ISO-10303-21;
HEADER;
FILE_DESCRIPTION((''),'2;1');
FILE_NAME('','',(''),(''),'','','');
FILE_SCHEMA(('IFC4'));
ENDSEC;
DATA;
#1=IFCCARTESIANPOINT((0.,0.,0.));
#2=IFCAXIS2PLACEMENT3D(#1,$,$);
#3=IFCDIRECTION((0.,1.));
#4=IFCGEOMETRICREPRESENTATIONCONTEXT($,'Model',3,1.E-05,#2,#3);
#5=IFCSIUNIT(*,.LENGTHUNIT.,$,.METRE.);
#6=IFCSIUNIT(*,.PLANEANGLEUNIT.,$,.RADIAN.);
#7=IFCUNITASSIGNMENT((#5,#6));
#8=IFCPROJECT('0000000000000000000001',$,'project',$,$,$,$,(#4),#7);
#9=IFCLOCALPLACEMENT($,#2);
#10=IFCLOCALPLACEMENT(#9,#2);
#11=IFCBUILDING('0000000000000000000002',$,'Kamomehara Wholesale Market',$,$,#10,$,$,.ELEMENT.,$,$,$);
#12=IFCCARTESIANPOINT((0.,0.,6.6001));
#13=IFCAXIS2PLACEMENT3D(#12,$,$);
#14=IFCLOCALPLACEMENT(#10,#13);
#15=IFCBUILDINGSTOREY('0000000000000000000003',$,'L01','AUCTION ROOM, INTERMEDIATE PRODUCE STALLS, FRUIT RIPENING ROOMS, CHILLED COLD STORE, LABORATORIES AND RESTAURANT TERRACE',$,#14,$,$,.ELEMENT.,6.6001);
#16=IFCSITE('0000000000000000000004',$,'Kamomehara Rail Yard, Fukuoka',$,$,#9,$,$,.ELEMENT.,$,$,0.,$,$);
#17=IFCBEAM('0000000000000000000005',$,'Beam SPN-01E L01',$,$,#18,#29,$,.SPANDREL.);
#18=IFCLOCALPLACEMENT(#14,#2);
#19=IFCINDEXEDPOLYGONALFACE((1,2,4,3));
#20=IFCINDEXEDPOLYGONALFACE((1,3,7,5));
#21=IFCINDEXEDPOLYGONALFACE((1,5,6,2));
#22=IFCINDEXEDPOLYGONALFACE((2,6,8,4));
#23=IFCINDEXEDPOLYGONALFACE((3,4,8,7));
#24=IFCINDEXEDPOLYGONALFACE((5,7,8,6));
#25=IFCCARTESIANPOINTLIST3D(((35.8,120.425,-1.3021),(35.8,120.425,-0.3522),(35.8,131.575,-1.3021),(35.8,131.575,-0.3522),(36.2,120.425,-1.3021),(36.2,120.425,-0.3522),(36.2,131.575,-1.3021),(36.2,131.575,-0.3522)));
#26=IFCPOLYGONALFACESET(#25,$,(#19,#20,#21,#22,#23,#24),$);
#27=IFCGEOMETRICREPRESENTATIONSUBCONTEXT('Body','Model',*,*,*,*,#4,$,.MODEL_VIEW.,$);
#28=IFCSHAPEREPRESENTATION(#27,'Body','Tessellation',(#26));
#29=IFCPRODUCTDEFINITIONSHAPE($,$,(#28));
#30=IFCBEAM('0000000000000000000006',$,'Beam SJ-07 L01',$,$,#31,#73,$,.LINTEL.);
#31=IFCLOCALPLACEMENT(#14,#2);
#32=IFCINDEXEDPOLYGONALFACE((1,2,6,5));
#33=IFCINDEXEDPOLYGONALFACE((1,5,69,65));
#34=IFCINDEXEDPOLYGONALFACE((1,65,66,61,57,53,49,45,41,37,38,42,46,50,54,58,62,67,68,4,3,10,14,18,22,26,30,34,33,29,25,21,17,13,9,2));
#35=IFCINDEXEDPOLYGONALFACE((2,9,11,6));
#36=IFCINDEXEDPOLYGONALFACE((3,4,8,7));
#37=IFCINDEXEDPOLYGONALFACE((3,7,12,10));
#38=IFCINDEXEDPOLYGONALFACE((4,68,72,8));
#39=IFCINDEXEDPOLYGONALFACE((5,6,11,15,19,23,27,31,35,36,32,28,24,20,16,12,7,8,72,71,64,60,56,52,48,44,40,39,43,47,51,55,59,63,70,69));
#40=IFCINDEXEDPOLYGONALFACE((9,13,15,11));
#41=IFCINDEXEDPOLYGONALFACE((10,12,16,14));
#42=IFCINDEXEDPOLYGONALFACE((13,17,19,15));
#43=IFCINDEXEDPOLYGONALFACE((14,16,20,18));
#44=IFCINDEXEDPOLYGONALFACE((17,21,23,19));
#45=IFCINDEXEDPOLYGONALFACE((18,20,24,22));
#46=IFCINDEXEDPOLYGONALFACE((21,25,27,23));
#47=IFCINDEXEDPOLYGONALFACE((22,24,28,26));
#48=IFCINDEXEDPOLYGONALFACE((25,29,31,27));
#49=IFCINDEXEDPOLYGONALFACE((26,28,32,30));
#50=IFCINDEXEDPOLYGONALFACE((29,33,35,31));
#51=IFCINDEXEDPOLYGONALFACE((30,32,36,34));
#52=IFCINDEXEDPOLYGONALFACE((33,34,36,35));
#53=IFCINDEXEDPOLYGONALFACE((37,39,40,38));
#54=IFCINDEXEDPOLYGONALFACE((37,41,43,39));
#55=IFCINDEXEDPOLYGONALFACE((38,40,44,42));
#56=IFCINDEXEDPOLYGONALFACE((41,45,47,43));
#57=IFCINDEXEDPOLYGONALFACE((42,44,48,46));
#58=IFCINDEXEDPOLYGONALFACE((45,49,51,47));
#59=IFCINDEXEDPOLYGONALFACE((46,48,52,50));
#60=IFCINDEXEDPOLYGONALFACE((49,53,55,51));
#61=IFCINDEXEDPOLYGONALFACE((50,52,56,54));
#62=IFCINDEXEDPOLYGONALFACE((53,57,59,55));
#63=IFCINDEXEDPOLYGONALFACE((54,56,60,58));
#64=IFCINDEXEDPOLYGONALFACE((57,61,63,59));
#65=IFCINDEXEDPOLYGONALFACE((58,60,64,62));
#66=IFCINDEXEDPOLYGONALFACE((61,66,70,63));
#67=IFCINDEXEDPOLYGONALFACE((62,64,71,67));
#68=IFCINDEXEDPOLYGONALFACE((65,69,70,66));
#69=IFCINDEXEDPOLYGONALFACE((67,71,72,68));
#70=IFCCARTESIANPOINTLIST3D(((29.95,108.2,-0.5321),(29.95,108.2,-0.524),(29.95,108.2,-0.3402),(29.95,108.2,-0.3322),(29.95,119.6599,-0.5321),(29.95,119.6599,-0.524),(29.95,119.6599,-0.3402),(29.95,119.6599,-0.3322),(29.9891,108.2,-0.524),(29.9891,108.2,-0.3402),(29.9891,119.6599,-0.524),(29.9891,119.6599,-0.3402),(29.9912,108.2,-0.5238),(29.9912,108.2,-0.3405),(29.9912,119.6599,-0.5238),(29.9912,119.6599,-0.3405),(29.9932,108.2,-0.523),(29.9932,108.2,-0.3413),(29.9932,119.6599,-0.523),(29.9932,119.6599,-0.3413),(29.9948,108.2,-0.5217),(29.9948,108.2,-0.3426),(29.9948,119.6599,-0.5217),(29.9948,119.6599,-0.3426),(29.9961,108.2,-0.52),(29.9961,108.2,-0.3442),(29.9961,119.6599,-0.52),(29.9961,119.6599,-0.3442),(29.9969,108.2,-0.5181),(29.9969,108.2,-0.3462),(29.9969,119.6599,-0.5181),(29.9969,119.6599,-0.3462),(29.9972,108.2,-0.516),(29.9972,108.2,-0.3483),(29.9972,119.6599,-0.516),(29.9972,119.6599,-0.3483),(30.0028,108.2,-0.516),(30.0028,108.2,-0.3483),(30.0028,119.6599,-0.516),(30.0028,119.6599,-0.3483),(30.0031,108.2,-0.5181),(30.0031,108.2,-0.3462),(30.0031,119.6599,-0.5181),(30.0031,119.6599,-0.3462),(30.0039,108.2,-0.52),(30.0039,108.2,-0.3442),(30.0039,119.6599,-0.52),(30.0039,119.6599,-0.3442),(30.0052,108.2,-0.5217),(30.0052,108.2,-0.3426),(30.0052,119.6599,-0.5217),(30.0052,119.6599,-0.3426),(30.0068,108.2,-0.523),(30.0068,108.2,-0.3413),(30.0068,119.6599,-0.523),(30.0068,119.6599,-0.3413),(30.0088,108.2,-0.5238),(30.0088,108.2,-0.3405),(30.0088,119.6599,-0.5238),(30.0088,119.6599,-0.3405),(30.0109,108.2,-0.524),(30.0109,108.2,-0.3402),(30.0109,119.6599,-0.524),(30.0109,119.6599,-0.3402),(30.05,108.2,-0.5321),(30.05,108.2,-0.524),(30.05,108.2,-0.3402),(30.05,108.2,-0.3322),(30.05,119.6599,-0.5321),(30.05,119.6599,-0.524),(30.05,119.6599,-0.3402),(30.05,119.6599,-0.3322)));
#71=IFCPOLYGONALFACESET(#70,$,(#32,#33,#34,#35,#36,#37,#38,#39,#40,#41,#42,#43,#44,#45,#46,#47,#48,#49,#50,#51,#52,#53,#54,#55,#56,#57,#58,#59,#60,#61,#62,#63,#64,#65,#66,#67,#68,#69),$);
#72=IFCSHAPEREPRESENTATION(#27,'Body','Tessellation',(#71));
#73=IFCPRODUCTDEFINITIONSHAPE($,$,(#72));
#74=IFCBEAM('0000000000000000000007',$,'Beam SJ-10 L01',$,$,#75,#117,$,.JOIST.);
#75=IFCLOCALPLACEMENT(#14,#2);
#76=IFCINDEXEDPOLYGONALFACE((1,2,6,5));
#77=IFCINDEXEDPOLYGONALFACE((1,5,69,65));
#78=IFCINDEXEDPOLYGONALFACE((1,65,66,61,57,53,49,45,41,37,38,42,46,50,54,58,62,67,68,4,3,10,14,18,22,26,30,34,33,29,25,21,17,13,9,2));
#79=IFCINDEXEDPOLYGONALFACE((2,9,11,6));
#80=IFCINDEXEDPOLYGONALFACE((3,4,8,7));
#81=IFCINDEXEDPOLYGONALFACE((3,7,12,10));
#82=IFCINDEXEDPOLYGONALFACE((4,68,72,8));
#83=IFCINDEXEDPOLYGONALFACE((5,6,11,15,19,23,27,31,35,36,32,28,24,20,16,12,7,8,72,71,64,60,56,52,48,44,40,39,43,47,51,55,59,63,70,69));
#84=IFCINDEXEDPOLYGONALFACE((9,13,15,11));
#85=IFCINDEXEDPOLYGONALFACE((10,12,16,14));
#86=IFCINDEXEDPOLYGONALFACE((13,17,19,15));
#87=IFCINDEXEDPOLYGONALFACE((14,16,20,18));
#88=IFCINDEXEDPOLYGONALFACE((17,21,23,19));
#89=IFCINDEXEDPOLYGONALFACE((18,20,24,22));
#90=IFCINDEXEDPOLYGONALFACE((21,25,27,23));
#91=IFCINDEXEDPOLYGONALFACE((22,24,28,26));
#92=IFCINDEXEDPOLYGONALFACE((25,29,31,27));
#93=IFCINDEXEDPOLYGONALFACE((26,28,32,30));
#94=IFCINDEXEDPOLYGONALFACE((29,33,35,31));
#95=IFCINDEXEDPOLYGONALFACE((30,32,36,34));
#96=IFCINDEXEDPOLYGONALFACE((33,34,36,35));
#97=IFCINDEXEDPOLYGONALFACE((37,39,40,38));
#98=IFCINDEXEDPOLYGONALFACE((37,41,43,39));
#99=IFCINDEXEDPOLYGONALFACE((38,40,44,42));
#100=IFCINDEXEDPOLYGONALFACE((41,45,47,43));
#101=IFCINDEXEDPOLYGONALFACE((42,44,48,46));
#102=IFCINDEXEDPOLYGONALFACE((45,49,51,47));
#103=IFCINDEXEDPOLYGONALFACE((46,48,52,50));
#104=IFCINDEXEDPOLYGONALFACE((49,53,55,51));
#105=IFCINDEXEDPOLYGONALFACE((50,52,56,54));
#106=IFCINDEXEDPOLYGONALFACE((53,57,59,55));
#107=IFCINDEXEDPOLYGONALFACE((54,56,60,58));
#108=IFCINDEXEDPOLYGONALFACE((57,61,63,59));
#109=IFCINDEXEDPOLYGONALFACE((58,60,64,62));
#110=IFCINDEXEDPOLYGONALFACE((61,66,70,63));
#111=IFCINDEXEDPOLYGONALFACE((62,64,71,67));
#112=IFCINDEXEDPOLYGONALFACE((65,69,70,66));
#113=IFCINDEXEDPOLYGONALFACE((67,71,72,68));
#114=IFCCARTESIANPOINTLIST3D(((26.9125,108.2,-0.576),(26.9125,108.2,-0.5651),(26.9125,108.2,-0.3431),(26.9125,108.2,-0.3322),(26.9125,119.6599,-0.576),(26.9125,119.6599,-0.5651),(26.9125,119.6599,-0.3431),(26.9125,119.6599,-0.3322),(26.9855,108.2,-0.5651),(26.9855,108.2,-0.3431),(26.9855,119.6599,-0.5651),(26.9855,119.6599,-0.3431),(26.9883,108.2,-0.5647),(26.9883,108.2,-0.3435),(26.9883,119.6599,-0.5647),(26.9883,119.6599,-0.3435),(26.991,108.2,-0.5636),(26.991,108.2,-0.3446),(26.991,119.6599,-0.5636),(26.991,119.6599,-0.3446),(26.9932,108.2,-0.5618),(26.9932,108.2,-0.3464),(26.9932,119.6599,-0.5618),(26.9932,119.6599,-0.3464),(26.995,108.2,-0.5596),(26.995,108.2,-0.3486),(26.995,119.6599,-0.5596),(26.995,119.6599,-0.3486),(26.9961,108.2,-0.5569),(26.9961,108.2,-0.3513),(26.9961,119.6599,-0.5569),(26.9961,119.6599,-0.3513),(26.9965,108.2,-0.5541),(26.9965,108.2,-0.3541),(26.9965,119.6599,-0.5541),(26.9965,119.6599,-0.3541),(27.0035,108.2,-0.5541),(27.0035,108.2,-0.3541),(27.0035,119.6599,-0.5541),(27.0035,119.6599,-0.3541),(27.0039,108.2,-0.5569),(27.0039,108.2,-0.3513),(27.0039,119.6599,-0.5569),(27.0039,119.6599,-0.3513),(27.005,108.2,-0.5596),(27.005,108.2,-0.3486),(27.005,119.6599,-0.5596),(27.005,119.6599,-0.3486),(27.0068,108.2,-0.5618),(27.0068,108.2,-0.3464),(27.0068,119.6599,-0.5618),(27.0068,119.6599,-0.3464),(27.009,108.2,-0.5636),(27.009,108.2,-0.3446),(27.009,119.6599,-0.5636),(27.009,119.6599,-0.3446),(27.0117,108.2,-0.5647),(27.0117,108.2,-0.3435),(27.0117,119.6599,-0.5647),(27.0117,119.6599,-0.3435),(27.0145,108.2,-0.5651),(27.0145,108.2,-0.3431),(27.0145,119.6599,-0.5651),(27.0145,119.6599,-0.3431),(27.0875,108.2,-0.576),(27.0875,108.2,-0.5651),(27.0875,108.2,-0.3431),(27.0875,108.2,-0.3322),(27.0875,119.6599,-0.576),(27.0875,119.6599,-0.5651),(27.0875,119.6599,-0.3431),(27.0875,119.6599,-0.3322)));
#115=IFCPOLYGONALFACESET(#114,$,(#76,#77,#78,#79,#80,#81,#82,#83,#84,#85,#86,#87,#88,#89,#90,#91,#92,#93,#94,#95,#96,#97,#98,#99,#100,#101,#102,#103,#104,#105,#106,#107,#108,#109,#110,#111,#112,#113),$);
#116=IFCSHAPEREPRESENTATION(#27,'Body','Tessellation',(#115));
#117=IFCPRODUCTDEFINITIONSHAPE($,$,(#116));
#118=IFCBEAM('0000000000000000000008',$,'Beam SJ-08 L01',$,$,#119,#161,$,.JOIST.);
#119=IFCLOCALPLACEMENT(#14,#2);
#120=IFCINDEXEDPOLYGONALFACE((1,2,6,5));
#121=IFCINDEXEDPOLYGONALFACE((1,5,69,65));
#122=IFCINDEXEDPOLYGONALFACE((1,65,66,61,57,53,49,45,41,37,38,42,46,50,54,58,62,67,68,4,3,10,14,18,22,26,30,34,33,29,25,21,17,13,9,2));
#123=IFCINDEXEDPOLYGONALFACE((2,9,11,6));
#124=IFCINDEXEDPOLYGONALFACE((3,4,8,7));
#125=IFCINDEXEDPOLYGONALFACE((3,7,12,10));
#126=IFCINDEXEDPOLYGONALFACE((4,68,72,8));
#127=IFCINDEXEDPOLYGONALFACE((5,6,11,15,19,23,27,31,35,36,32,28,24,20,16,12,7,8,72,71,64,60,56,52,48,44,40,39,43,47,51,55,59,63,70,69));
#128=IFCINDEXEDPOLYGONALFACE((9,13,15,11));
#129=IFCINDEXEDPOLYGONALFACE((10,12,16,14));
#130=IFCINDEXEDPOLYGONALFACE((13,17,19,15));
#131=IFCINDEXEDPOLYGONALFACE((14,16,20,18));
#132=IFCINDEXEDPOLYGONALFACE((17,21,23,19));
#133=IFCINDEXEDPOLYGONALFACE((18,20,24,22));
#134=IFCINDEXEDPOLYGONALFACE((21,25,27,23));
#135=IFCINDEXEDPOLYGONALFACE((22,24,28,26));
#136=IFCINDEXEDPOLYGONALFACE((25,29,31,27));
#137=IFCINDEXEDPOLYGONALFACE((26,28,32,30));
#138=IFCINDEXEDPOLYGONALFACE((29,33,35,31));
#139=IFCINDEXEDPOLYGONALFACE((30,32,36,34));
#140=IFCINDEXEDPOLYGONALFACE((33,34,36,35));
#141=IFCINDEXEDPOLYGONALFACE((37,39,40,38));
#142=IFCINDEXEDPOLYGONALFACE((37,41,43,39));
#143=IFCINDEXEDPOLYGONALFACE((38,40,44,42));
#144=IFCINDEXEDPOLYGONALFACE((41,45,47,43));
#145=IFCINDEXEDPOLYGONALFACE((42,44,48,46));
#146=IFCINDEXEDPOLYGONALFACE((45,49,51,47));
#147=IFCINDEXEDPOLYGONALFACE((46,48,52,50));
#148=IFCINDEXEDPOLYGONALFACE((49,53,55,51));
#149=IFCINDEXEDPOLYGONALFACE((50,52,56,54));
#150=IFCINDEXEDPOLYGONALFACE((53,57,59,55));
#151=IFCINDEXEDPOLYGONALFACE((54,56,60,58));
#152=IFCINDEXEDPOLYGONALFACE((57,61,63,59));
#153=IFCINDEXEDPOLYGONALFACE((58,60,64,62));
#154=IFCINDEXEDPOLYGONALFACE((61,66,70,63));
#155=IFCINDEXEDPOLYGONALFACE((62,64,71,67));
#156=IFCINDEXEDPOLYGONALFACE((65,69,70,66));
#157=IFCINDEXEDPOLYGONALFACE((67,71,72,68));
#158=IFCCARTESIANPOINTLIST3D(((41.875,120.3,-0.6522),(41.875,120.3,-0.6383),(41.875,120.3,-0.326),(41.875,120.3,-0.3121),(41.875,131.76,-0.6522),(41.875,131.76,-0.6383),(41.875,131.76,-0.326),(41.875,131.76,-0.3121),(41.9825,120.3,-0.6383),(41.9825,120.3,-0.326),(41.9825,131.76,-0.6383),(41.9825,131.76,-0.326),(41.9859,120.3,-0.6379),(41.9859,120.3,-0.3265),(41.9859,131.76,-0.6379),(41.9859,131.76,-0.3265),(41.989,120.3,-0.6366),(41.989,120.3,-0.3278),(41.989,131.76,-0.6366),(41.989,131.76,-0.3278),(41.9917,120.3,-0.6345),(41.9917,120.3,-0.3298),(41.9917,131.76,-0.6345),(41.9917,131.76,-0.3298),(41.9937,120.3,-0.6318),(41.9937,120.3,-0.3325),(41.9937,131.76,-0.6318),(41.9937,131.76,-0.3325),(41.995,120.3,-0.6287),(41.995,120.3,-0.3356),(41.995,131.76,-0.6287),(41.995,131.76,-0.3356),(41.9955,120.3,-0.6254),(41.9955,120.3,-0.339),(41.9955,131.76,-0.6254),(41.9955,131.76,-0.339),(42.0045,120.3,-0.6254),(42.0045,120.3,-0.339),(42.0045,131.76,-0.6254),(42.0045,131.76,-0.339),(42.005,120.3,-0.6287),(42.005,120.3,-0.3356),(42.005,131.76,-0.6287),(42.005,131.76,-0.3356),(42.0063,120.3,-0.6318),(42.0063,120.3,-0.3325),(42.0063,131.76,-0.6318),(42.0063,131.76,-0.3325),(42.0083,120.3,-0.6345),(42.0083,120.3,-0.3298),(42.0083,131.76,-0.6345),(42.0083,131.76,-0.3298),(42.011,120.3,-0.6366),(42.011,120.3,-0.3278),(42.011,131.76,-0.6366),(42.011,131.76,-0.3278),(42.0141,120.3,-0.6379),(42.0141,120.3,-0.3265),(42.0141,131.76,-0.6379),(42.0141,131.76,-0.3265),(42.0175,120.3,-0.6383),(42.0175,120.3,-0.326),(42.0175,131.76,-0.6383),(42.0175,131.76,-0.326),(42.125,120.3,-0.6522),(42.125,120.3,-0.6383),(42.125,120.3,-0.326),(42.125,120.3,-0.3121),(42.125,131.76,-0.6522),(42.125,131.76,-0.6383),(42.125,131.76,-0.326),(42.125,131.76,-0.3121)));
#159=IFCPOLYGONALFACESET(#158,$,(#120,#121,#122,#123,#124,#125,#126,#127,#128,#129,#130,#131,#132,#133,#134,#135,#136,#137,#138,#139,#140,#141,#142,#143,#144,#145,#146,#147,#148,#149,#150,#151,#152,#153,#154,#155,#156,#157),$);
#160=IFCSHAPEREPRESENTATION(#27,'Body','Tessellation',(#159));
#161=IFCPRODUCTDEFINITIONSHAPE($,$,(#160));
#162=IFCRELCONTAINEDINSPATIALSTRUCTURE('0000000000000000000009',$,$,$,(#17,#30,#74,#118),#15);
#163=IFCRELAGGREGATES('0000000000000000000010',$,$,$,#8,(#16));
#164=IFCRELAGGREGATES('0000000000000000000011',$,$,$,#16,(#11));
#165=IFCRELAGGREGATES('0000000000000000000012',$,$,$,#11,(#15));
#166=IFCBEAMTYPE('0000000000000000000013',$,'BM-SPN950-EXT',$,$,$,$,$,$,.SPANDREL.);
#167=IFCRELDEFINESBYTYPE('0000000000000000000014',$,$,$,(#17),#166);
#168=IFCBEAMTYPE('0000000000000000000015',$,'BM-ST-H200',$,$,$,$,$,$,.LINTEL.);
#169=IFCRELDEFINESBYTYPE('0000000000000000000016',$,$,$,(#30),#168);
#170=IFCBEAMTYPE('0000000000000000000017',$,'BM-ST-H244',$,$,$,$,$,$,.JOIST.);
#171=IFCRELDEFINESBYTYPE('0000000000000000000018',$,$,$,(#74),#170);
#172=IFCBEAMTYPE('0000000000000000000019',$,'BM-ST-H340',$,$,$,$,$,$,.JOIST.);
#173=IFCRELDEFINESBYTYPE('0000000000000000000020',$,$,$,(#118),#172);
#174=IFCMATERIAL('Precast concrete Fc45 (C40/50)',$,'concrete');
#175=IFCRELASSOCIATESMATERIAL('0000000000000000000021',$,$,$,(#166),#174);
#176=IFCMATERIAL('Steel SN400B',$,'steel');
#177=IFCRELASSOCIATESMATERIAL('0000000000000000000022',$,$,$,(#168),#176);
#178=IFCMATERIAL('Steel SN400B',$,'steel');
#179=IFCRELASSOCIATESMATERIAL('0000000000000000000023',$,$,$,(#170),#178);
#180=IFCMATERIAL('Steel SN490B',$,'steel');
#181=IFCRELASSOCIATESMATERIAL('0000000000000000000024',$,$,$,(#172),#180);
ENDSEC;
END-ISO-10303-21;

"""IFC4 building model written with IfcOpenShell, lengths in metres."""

from ifc_helpers import new_model, si_unit, direction, frame, origin, origin_2d, place, context, subcontext, project, spatial, rectangle, i_section, extrude, material, material_profile, profile_set, type_object, element, save


model = new_model("IFC4")

# Units and contexts
model_context = context("Model", 3, precision=1e-05, world=origin(), true_north=direction((0.0, 1.0)))
body_context = subcontext(model_context, "Body", "Model", "MODEL_VIEW")
ifc_project = project(units=[si_unit("LENGTHUNIT", "METRE"), si_unit("PLANEANGLEUNIT", "RADIAN")], contexts=[model_context])

# Site, building, storey
site_placement = place(None, origin())
site = spatial("IfcSite", under=ifc_project, at=site_placement, Name="Kamomehara Rail Yard, Fukuoka", CompositionType="ELEMENT", RefElevation=0.0)
building_placement = place(site_placement, origin())
building = spatial("IfcBuilding", under=site, at=building_placement, Name="Kamomehara Wholesale Market", CompositionType="ELEMENT")
storey_placement = place(building_placement, frame((0.0, 0.0, 6.6001)))
storey = spatial("IfcBuildingStorey", under=building, at=storey_placement, Name="L01", Description="AUCTION ROOM, INTERMEDIATE PRODUCE STALLS, FRUIT RIPENING ROOMS, CHILLED COLD STORE, LABORATORIES AND RESTAURANT TERRACE", CompositionType="ELEMENT", Elevation=6.6001)

# Beams
ifc_material_1 = material(Name="Precast concrete Fc45 (C40/50)", Category="concrete")
ifc_material_profile_1 = material_profile(ifc_material_1, rectangle(XDim=0.3999, YDim=0.95, at=origin_2d()), Name="PC-SPN-400x950")
ifc_profile_set_1 = profile_set([ifc_material_profile_1], Name="Precast concrete Fc45 (C40/50)")
beam_type_1 = type_object("IfcBeamType", Name="BM-SPN950-EXT", PredefinedType="SPANDREL", material=ifc_profile_set_1)
beam_1_placement = place(storey_placement, frame((36.0, 120.425, -0.8271), z_axis=(0.0, 1.0, 0.0), x_axis=(-1.0, 0.0, 0.0)))
element("IfcBeam", 1, at=beam_1_placement, inside=storey, type_object=beam_type_1, Name="Beam SPN-01E L01", PredefinedType="SPANDREL", context=body_context, shape_type="SweptSolid", body=[
    extrude(rectangle(XDim=0.3999, YDim=0.95, at=origin_2d()), origin(), (0.0, 0.0, 1.0), 11.1499),
])
ifc_material_2 = material(Name="Steel SN400B", Category="steel")
ifc_material_profile_2 = material_profile(ifc_material_2, i_section(OverallWidth=0.1001, OverallDepth=0.2, WebThickness=0.0056, FlangeThickness=0.0081, FilletRadius=0.0081, at=origin_2d()), Name="H-200x100x5.5x8")
ifc_profile_set_2 = profile_set([ifc_material_profile_2], Name="Steel SN400B")
beam_type_2 = type_object("IfcBeamType", Name="BM-ST-H200", PredefinedType="LINTEL", material=ifc_profile_set_2)
beam_2_placement = place(storey_placement, frame((30.0, 108.2, -0.4321), z_axis=(0.0, 1.0, 0.0), x_axis=(-1.0, 0.0, 0.0)))
element("IfcBeam", 2, at=beam_2_placement, inside=storey, type_object=beam_type_2, Name="Beam SJ-07 L01", PredefinedType="LINTEL", context=body_context, shape_type="SweptSolid", body=[
    extrude(i_section(OverallWidth=0.1001, OverallDepth=0.2, WebThickness=0.0056, FlangeThickness=0.0081, FilletRadius=0.0081, at=origin_2d()), origin(), (0.0, 0.0, 1.0), 11.46),
])
ifc_material_3 = material(Name="Steel SN400B", Category="steel")
ifc_material_profile_3 = material_profile(ifc_material_3, i_section(OverallWidth=0.175, OverallDepth=0.2439, WebThickness=0.0071, FlangeThickness=0.011, FilletRadius=0.011, at=origin_2d()), Name="H-244x175x7x11")
ifc_profile_set_3 = profile_set([ifc_material_profile_3], Name="Steel SN400B")
beam_type_3 = type_object("IfcBeamType", Name="BM-ST-H244", PredefinedType="JOIST", material=ifc_profile_set_3)
beam_3_placement = place(storey_placement, frame((27.0, 108.2, -0.4541), z_axis=(0.0, 1.0, 0.0), x_axis=(-1.0, 0.0, 0.0)))
element("IfcBeam", 3, at=beam_3_placement, inside=storey, type_object=beam_type_3, Name="Beam SJ-10 L01", PredefinedType="JOIST", context=body_context, shape_type="SweptSolid", body=[
    extrude(i_section(OverallWidth=0.175, OverallDepth=0.2439, WebThickness=0.0071, FlangeThickness=0.011, FilletRadius=0.011, at=origin_2d()), origin(), (0.0, 0.0, 1.0), 11.46),
])
ifc_material_4 = material(Name="Steel SN490B", Category="steel")
ifc_material_profile_4 = material_profile(ifc_material_4, i_section(OverallWidth=0.25, OverallDepth=0.3401, WebThickness=0.009, FlangeThickness=0.0139, FilletRadius=0.0129, at=origin_2d()), Name="H-340x250x9x14")
ifc_profile_set_4 = profile_set([ifc_material_profile_4], Name="Steel SN490B")
beam_type_4 = type_object("IfcBeamType", Name="BM-ST-H340", PredefinedType="JOIST", material=ifc_profile_set_4)
beam_4_placement = place(storey_placement, frame((42.0, 120.3, -0.4822), z_axis=(0.0, 1.0, 0.0), x_axis=(-1.0, 0.0, 0.0)))
element("IfcBeam", 4, at=beam_4_placement, inside=storey, type_object=beam_type_4, Name="Beam SJ-08 L01", PredefinedType="JOIST", context=body_context, shape_type="SweptSolid", body=[
    extrude(i_section(OverallWidth=0.25, OverallDepth=0.3401, WebThickness=0.009, FlangeThickness=0.0139, FilletRadius=0.0129, at=origin_2d()), origin(), (0.0, 0.0, 1.0), 11.46),
])

save(model, "model.ifc")
